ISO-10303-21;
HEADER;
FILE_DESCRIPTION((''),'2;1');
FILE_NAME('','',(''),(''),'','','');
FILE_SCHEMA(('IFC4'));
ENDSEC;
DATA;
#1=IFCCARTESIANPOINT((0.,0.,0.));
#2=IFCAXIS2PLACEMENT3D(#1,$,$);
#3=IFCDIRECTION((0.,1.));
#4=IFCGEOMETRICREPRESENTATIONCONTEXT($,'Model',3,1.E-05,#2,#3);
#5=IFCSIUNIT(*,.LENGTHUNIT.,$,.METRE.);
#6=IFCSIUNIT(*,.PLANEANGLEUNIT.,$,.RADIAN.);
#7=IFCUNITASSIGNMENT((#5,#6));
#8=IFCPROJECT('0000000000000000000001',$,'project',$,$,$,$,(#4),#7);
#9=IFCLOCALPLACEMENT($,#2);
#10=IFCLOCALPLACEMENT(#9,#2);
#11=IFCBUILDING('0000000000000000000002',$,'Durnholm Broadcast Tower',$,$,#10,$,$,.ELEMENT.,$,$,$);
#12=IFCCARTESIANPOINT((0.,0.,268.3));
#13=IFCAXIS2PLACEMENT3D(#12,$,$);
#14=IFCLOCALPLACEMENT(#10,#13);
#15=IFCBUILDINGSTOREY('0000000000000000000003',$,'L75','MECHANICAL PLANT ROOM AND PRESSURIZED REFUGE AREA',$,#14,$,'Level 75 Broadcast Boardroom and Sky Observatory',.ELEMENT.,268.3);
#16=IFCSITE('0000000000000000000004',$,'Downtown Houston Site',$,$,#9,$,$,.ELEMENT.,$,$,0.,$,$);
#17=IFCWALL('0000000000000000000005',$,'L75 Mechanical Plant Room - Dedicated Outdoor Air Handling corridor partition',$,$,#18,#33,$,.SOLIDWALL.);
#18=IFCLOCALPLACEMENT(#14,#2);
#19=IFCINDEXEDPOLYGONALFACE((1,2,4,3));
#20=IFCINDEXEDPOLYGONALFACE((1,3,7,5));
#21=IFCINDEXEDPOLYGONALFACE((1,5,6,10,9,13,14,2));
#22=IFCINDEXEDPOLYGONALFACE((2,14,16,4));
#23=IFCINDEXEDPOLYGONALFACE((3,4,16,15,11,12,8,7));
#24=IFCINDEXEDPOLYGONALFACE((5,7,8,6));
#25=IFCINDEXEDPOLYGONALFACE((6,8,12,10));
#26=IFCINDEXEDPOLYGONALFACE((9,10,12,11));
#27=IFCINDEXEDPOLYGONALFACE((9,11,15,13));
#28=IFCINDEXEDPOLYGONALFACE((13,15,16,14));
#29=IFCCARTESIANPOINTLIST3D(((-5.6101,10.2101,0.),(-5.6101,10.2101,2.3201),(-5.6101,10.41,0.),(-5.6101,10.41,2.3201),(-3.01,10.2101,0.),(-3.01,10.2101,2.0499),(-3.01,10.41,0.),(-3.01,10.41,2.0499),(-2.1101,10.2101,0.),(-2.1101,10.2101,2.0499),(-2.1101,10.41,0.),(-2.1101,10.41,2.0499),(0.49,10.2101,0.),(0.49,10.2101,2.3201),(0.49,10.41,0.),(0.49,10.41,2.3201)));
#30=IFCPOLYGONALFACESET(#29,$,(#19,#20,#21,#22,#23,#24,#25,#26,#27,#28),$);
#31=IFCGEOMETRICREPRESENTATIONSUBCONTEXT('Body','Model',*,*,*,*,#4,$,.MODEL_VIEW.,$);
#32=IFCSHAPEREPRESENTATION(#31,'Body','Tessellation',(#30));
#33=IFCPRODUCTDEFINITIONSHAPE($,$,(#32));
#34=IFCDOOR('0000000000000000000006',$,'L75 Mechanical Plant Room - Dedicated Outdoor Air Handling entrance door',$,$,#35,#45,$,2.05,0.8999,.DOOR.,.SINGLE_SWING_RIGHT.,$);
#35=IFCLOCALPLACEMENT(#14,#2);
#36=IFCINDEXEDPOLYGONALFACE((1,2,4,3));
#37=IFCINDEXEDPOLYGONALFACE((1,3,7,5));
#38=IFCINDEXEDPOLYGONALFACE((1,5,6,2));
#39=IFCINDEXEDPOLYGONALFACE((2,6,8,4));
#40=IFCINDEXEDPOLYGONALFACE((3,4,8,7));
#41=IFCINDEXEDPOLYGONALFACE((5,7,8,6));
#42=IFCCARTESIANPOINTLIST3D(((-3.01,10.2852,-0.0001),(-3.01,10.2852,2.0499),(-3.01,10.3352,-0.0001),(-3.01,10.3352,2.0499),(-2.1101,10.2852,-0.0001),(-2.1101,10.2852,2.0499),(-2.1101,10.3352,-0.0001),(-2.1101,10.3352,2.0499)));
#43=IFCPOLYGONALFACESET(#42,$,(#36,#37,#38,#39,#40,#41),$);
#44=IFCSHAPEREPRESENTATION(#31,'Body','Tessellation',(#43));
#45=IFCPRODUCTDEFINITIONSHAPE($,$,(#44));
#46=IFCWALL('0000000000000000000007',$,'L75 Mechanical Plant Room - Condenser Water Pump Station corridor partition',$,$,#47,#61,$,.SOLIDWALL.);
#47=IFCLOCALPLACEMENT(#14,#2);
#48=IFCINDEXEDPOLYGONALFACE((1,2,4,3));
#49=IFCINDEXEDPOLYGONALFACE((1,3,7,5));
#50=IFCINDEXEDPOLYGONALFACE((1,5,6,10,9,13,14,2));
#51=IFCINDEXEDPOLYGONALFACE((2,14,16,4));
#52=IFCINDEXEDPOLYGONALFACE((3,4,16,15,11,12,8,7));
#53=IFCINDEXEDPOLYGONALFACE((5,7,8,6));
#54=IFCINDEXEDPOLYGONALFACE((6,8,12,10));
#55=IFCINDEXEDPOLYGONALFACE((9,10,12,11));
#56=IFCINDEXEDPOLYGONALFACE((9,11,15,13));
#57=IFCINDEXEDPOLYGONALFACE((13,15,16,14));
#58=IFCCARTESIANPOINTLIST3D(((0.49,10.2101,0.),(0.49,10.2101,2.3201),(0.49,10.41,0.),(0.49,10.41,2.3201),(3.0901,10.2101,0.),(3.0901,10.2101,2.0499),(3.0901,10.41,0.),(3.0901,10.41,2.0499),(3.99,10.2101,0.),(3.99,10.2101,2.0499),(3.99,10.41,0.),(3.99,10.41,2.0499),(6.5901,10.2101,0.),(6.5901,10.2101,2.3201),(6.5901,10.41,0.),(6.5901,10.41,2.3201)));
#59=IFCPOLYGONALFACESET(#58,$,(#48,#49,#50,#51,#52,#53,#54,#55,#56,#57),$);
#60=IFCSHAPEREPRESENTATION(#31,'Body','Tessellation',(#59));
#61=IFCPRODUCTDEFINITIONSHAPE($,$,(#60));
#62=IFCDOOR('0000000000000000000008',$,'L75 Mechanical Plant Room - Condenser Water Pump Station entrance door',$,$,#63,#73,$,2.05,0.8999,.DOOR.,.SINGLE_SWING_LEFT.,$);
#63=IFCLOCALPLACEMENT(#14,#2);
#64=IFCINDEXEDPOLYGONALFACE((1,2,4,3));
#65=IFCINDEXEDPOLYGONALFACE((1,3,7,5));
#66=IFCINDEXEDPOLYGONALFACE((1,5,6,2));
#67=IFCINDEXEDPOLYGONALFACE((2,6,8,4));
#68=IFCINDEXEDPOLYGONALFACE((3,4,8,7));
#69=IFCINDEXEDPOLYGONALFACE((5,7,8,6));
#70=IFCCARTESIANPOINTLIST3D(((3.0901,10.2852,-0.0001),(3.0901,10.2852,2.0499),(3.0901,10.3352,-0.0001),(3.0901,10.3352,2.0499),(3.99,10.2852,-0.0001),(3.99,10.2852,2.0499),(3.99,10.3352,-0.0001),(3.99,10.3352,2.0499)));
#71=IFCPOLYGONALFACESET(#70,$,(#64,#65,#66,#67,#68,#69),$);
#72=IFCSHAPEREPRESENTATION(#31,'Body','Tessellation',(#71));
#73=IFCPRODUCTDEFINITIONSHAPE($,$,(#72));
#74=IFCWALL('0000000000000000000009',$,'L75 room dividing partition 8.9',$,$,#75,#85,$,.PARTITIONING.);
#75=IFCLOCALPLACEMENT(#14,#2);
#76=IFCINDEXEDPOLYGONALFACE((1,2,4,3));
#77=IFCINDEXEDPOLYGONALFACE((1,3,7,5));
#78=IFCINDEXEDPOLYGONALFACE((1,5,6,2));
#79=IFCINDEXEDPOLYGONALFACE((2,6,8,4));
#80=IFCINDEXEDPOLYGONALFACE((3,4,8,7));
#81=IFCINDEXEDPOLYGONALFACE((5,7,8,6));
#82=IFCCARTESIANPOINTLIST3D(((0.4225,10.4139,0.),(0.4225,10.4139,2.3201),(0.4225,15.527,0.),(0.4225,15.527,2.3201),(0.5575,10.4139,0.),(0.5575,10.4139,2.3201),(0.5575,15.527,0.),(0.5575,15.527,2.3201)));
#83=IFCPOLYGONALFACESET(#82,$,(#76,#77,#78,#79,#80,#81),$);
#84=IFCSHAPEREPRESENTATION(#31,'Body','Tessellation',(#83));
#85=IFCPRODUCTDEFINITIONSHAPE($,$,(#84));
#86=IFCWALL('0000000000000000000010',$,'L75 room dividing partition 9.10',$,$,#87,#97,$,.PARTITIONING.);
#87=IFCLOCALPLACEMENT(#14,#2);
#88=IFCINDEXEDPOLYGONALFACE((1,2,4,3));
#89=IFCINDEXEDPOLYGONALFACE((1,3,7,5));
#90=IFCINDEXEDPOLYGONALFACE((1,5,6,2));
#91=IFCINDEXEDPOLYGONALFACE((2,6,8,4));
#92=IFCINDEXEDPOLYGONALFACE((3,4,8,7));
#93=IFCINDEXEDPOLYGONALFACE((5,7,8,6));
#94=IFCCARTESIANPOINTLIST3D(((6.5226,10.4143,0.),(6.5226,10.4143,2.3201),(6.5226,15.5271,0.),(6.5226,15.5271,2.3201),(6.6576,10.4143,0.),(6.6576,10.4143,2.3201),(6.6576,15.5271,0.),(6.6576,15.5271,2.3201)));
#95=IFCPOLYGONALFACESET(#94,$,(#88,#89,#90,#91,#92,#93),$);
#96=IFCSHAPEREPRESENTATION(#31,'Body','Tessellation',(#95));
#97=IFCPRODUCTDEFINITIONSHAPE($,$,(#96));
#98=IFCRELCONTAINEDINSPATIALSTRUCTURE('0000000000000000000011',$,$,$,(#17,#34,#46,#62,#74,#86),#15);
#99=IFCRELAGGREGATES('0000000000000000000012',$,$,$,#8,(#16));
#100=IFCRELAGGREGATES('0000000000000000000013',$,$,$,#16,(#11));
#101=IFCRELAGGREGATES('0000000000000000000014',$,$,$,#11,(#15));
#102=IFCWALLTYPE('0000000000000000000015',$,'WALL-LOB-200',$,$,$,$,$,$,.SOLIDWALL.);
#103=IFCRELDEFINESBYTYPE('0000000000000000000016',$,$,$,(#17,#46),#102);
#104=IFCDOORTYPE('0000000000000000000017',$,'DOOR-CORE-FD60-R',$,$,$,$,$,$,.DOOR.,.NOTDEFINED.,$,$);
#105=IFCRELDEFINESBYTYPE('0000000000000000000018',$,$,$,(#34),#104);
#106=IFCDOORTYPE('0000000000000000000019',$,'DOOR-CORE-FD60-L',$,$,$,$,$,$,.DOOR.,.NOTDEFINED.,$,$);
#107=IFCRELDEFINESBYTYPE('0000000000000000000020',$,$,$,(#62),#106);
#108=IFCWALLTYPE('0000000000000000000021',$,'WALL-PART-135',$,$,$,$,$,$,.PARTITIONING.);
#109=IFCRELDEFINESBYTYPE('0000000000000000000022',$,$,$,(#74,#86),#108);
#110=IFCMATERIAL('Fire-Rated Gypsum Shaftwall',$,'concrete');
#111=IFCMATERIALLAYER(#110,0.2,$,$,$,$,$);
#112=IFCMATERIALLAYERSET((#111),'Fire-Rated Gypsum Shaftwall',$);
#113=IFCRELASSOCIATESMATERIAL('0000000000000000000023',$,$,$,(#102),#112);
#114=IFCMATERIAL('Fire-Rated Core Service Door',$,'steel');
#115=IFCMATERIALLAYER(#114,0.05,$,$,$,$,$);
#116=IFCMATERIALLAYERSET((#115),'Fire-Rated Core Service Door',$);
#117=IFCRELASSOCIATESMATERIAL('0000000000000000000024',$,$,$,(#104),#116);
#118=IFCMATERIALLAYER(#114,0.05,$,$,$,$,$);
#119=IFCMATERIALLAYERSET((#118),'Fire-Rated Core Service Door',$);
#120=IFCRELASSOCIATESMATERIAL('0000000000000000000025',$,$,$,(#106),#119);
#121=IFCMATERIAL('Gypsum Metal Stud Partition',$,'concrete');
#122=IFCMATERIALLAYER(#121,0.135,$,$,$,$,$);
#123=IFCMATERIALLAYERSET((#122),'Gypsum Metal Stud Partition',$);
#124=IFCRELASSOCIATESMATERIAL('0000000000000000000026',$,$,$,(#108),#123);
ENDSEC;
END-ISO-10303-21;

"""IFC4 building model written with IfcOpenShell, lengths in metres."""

from ifc_helpers import new_model, si_unit, direction, frame, frame_2d, origin, place, context, subcontext, project, spatial, rectangle, extrude, source, transform, mapped, material, layer, layer_set, type_object, type_shapes, element, fill, save


model = new_model("IFC4")

# Units and contexts
model_context = context("Model", 3, precision=1e-05, world=origin(), true_north=direction((0.0, 1.0)))
body_context = subcontext(model_context, "Body", "Model", "MODEL_VIEW")
ifc_project = project(units=[si_unit("LENGTHUNIT", "METRE"), si_unit("PLANEANGLEUNIT", "RADIAN")], contexts=[model_context])

# Site, building, storey
site_placement = place(None, origin())
site = spatial("IfcSite", under=ifc_project, at=site_placement, Name="Downtown Houston Site", CompositionType="ELEMENT", RefElevation=0.0)
building_placement = place(site_placement, origin())
building = spatial("IfcBuilding", under=site, at=building_placement, Name="Durnholm Broadcast Tower", CompositionType="ELEMENT")
storey_placement = place(building_placement, frame((0.0, 0.0, 268.3)))
storey = spatial("IfcBuildingStorey", under=building, at=storey_placement, Name="L75", Description="MECHANICAL PLANT ROOM AND PRESSURIZED REFUGE AREA", LongName="Level 75 Broadcast Boardroom and Sky Observatory", CompositionType="ELEMENT", Elevation=268.3)

# Walls, openings, doors
ifc_material_1 = material(Name="Fire-Rated Gypsum Shaftwall", Category="concrete")
ifc_layer_1 = layer(ifc_material_1, 0.2)
ifc_layer_set_1 = layer_set([ifc_layer_1], Name="Fire-Rated Gypsum Shaftwall")
wall_type_1 = type_object("IfcWallType", Name="WALL-LOB-200", PredefinedType="SOLIDWALL", material=ifc_layer_set_1)
wall_1_placement = place(storey_placement, frame((0.49, 10.3101, 0.0), z_axis=(0.0, 0.0, 1.0), x_axis=(-1.0, 0.0, 0.0)))
wall_1 = element("IfcWall", 1, at=wall_1_placement, inside=storey, type_object=wall_type_1, Name="L75 Mechanical Plant Room - Dedicated Outdoor Air Handling corridor partition", PredefinedType="SOLIDWALL", context=body_context, shape_type="SweptSolid", body=[
    extrude(rectangle(XDim=6.1001, YDim=0.2, at=frame_2d((3.05, 0.0))), origin(), (0.0, 0.0, 1.0), 2.3201),
])
opening_1_placement = place(wall_1_placement, frame((2.6001, 0.0, 0.0)))
opening_1 = element("IfcOpeningElement", 2, at=opening_1_placement, cuts=wall_1, PredefinedType="OPENING", context=body_context, shape_type="SweptSolid", body=[
    extrude(rectangle(XDim=0.8999, YDim=2.05, at=frame_2d((0.45, 1.0249))), frame((0.0, 0.1099, 0.0), z_axis=(0.0, -1.0, 0.0), x_axis=(1.0, 0.0, 0.0)), (0.0, 0.0, 1.0), 0.22),
])
ifc_material_2 = material(Name="Fire-Rated Core Service Door", Category="steel")
ifc_layer_2 = layer(ifc_material_2, 0.05)
ifc_layer_set_2 = layer_set([ifc_layer_2], Name="Fire-Rated Core Service Door")
door_type_1 = type_object("IfcDoorType", Name="DOOR-CORE-FD60-R", OperationType="NOTDEFINED", PredefinedType="DOOR", material=ifc_layer_set_2)
shared_shape_1 = source(origin(), body_context, "Body", "SweptSolid", [
    extrude(rectangle(XDim=0.8999, YDim=2.05, at=frame_2d((0.45, 1.0249))), frame((0.0, 0.0249, 0.0), z_axis=(0.0, -1.0, 0.0), x_axis=(1.0, 0.0, 0.0)), (0.0, 0.0, 1.0), 0.05),
])
type_shapes(door_type_1, [shared_shape_1])
door_1_placement = place(opening_1_placement, origin())
door_1 = element("IfcDoor", 3, at=door_1_placement, inside=storey, type_object=door_type_1, Name="L75 Mechanical Plant Room - Dedicated Outdoor Air Handling entrance door", OperationType="SINGLE_SWING_RIGHT", OverallHeight=2.05, OverallWidth=0.8999, PredefinedType="DOOR", context=body_context, shape_type="MappedRepresentation", body=[
    mapped(shared_shape_1, transform((0.0, 0.0, 0.0), x_axis=(1.0, 0.0, 0.0), y_axis=(0.0, 1.0, 0.0), z_axis=(0.0, 0.0, 1.0), scale=1.0)),
])
fill(opening_1, door_1)
wall_2_placement = place(storey_placement, frame((6.5901, 10.3101, 0.0), z_axis=(0.0, 0.0, 1.0), x_axis=(-1.0, 0.0, 0.0)))
wall_2 = element("IfcWall", 4, at=wall_2_placement, inside=storey, type_object=wall_type_1, Name="L75 Mechanical Plant Room - Condenser Water Pump Station corridor partition", PredefinedType="SOLIDWALL", context=body_context, shape_type="SweptSolid", body=[
    extrude(rectangle(XDim=6.1001, YDim=0.2, at=frame_2d((3.05, 0.0))), origin(), (0.0, 0.0, 1.0), 2.3201),
])
opening_2_placement = place(wall_2_placement, frame((2.6001, 0.0, 0.0)))
opening_2 = element("IfcOpeningElement", 5, at=opening_2_placement, cuts=wall_2, PredefinedType="OPENING", context=body_context, shape_type="SweptSolid", body=[
    extrude(rectangle(XDim=0.8999, YDim=2.05, at=frame_2d((0.45, 1.0249))), frame((0.0, 0.1099, 0.0), z_axis=(0.0, -1.0, 0.0), x_axis=(1.0, 0.0, 0.0)), (0.0, 0.0, 1.0), 0.22),
])
ifc_layer_3 = layer(ifc_material_2, 0.05)
ifc_layer_set_3 = layer_set([ifc_layer_3], Name="Fire-Rated Core Service Door")
door_type_2 = type_object("IfcDoorType", Name="DOOR-CORE-FD60-L", OperationType="NOTDEFINED", PredefinedType="DOOR", material=ifc_layer_set_3)
shared_shape_2 = source(origin(), body_context, "Body", "SweptSolid", [
    extrude(rectangle(XDim=0.8999, YDim=2.05, at=frame_2d((0.45, 1.0249))), frame((0.0, 0.0249, 0.0), z_axis=(0.0, -1.0, 0.0), x_axis=(1.0, 0.0, 0.0)), (0.0, 0.0, 1.0), 0.05),
])
type_shapes(door_type_2, [shared_shape_2])
door_2_placement = place(opening_2_placement, origin())
door_2 = element("IfcDoor", 6, at=door_2_placement, inside=storey, type_object=door_type_2, Name="L75 Mechanical Plant Room - Condenser Water Pump Station entrance door", OperationType="SINGLE_SWING_LEFT", OverallHeight=2.05, OverallWidth=0.8999, PredefinedType="DOOR", context=body_context, shape_type="MappedRepresentation", body=[
    mapped(shared_shape_2, transform((0.0, 0.0, 0.0), x_axis=(1.0, 0.0, 0.0), y_axis=(0.0, 1.0, 0.0), z_axis=(0.0, 0.0, 1.0), scale=1.0)),
])
fill(opening_2, door_2)

# Walls
ifc_material_3 = material(Name="Gypsum Metal Stud Partition", Category="concrete")
ifc_layer_4 = layer(ifc_material_3, 0.135)
ifc_layer_set_4 = layer_set([ifc_layer_4], Name="Gypsum Metal Stud Partition")
wall_type_2 = type_object("IfcWallType", Name="WALL-PART-135", PredefinedType="PARTITIONING", material=ifc_layer_set_4)
wall_3_placement = place(storey_placement, frame((0.49, 15.5271, 0.0), z_axis=(0.0, 0.0, 1.0), x_axis=(0.0, -1.0, 0.0)))
element("IfcWall", 7, at=wall_3_placement, inside=storey, type_object=wall_type_2, Name="L75 room dividing partition 8.9", PredefinedType="PARTITIONING", context=body_context, shape_type="SweptSolid", body=[
    extrude(rectangle(XDim=5.113, YDim=0.135, at=frame_2d((2.5566, 0.0))), origin(), (0.0, 0.0, 1.0), 2.3201),
])
wall_4_placement = place(storey_placement, frame((6.5901, 15.5271, 0.0), z_axis=(0.0, 0.0, 1.0), x_axis=(0.0, -1.0, 0.0)))
element("IfcWall", 8, at=wall_4_placement, inside=storey, type_object=wall_type_2, Name="L75 room dividing partition 9.10", PredefinedType="PARTITIONING", context=body_context, shape_type="SweptSolid", body=[
    extrude(rectangle(XDim=5.1128, YDim=0.135, at=frame_2d((2.5564, 0.0))), origin(), (0.0, 0.0, 1.0), 2.3201),
])

save(model, "model.ifc")
